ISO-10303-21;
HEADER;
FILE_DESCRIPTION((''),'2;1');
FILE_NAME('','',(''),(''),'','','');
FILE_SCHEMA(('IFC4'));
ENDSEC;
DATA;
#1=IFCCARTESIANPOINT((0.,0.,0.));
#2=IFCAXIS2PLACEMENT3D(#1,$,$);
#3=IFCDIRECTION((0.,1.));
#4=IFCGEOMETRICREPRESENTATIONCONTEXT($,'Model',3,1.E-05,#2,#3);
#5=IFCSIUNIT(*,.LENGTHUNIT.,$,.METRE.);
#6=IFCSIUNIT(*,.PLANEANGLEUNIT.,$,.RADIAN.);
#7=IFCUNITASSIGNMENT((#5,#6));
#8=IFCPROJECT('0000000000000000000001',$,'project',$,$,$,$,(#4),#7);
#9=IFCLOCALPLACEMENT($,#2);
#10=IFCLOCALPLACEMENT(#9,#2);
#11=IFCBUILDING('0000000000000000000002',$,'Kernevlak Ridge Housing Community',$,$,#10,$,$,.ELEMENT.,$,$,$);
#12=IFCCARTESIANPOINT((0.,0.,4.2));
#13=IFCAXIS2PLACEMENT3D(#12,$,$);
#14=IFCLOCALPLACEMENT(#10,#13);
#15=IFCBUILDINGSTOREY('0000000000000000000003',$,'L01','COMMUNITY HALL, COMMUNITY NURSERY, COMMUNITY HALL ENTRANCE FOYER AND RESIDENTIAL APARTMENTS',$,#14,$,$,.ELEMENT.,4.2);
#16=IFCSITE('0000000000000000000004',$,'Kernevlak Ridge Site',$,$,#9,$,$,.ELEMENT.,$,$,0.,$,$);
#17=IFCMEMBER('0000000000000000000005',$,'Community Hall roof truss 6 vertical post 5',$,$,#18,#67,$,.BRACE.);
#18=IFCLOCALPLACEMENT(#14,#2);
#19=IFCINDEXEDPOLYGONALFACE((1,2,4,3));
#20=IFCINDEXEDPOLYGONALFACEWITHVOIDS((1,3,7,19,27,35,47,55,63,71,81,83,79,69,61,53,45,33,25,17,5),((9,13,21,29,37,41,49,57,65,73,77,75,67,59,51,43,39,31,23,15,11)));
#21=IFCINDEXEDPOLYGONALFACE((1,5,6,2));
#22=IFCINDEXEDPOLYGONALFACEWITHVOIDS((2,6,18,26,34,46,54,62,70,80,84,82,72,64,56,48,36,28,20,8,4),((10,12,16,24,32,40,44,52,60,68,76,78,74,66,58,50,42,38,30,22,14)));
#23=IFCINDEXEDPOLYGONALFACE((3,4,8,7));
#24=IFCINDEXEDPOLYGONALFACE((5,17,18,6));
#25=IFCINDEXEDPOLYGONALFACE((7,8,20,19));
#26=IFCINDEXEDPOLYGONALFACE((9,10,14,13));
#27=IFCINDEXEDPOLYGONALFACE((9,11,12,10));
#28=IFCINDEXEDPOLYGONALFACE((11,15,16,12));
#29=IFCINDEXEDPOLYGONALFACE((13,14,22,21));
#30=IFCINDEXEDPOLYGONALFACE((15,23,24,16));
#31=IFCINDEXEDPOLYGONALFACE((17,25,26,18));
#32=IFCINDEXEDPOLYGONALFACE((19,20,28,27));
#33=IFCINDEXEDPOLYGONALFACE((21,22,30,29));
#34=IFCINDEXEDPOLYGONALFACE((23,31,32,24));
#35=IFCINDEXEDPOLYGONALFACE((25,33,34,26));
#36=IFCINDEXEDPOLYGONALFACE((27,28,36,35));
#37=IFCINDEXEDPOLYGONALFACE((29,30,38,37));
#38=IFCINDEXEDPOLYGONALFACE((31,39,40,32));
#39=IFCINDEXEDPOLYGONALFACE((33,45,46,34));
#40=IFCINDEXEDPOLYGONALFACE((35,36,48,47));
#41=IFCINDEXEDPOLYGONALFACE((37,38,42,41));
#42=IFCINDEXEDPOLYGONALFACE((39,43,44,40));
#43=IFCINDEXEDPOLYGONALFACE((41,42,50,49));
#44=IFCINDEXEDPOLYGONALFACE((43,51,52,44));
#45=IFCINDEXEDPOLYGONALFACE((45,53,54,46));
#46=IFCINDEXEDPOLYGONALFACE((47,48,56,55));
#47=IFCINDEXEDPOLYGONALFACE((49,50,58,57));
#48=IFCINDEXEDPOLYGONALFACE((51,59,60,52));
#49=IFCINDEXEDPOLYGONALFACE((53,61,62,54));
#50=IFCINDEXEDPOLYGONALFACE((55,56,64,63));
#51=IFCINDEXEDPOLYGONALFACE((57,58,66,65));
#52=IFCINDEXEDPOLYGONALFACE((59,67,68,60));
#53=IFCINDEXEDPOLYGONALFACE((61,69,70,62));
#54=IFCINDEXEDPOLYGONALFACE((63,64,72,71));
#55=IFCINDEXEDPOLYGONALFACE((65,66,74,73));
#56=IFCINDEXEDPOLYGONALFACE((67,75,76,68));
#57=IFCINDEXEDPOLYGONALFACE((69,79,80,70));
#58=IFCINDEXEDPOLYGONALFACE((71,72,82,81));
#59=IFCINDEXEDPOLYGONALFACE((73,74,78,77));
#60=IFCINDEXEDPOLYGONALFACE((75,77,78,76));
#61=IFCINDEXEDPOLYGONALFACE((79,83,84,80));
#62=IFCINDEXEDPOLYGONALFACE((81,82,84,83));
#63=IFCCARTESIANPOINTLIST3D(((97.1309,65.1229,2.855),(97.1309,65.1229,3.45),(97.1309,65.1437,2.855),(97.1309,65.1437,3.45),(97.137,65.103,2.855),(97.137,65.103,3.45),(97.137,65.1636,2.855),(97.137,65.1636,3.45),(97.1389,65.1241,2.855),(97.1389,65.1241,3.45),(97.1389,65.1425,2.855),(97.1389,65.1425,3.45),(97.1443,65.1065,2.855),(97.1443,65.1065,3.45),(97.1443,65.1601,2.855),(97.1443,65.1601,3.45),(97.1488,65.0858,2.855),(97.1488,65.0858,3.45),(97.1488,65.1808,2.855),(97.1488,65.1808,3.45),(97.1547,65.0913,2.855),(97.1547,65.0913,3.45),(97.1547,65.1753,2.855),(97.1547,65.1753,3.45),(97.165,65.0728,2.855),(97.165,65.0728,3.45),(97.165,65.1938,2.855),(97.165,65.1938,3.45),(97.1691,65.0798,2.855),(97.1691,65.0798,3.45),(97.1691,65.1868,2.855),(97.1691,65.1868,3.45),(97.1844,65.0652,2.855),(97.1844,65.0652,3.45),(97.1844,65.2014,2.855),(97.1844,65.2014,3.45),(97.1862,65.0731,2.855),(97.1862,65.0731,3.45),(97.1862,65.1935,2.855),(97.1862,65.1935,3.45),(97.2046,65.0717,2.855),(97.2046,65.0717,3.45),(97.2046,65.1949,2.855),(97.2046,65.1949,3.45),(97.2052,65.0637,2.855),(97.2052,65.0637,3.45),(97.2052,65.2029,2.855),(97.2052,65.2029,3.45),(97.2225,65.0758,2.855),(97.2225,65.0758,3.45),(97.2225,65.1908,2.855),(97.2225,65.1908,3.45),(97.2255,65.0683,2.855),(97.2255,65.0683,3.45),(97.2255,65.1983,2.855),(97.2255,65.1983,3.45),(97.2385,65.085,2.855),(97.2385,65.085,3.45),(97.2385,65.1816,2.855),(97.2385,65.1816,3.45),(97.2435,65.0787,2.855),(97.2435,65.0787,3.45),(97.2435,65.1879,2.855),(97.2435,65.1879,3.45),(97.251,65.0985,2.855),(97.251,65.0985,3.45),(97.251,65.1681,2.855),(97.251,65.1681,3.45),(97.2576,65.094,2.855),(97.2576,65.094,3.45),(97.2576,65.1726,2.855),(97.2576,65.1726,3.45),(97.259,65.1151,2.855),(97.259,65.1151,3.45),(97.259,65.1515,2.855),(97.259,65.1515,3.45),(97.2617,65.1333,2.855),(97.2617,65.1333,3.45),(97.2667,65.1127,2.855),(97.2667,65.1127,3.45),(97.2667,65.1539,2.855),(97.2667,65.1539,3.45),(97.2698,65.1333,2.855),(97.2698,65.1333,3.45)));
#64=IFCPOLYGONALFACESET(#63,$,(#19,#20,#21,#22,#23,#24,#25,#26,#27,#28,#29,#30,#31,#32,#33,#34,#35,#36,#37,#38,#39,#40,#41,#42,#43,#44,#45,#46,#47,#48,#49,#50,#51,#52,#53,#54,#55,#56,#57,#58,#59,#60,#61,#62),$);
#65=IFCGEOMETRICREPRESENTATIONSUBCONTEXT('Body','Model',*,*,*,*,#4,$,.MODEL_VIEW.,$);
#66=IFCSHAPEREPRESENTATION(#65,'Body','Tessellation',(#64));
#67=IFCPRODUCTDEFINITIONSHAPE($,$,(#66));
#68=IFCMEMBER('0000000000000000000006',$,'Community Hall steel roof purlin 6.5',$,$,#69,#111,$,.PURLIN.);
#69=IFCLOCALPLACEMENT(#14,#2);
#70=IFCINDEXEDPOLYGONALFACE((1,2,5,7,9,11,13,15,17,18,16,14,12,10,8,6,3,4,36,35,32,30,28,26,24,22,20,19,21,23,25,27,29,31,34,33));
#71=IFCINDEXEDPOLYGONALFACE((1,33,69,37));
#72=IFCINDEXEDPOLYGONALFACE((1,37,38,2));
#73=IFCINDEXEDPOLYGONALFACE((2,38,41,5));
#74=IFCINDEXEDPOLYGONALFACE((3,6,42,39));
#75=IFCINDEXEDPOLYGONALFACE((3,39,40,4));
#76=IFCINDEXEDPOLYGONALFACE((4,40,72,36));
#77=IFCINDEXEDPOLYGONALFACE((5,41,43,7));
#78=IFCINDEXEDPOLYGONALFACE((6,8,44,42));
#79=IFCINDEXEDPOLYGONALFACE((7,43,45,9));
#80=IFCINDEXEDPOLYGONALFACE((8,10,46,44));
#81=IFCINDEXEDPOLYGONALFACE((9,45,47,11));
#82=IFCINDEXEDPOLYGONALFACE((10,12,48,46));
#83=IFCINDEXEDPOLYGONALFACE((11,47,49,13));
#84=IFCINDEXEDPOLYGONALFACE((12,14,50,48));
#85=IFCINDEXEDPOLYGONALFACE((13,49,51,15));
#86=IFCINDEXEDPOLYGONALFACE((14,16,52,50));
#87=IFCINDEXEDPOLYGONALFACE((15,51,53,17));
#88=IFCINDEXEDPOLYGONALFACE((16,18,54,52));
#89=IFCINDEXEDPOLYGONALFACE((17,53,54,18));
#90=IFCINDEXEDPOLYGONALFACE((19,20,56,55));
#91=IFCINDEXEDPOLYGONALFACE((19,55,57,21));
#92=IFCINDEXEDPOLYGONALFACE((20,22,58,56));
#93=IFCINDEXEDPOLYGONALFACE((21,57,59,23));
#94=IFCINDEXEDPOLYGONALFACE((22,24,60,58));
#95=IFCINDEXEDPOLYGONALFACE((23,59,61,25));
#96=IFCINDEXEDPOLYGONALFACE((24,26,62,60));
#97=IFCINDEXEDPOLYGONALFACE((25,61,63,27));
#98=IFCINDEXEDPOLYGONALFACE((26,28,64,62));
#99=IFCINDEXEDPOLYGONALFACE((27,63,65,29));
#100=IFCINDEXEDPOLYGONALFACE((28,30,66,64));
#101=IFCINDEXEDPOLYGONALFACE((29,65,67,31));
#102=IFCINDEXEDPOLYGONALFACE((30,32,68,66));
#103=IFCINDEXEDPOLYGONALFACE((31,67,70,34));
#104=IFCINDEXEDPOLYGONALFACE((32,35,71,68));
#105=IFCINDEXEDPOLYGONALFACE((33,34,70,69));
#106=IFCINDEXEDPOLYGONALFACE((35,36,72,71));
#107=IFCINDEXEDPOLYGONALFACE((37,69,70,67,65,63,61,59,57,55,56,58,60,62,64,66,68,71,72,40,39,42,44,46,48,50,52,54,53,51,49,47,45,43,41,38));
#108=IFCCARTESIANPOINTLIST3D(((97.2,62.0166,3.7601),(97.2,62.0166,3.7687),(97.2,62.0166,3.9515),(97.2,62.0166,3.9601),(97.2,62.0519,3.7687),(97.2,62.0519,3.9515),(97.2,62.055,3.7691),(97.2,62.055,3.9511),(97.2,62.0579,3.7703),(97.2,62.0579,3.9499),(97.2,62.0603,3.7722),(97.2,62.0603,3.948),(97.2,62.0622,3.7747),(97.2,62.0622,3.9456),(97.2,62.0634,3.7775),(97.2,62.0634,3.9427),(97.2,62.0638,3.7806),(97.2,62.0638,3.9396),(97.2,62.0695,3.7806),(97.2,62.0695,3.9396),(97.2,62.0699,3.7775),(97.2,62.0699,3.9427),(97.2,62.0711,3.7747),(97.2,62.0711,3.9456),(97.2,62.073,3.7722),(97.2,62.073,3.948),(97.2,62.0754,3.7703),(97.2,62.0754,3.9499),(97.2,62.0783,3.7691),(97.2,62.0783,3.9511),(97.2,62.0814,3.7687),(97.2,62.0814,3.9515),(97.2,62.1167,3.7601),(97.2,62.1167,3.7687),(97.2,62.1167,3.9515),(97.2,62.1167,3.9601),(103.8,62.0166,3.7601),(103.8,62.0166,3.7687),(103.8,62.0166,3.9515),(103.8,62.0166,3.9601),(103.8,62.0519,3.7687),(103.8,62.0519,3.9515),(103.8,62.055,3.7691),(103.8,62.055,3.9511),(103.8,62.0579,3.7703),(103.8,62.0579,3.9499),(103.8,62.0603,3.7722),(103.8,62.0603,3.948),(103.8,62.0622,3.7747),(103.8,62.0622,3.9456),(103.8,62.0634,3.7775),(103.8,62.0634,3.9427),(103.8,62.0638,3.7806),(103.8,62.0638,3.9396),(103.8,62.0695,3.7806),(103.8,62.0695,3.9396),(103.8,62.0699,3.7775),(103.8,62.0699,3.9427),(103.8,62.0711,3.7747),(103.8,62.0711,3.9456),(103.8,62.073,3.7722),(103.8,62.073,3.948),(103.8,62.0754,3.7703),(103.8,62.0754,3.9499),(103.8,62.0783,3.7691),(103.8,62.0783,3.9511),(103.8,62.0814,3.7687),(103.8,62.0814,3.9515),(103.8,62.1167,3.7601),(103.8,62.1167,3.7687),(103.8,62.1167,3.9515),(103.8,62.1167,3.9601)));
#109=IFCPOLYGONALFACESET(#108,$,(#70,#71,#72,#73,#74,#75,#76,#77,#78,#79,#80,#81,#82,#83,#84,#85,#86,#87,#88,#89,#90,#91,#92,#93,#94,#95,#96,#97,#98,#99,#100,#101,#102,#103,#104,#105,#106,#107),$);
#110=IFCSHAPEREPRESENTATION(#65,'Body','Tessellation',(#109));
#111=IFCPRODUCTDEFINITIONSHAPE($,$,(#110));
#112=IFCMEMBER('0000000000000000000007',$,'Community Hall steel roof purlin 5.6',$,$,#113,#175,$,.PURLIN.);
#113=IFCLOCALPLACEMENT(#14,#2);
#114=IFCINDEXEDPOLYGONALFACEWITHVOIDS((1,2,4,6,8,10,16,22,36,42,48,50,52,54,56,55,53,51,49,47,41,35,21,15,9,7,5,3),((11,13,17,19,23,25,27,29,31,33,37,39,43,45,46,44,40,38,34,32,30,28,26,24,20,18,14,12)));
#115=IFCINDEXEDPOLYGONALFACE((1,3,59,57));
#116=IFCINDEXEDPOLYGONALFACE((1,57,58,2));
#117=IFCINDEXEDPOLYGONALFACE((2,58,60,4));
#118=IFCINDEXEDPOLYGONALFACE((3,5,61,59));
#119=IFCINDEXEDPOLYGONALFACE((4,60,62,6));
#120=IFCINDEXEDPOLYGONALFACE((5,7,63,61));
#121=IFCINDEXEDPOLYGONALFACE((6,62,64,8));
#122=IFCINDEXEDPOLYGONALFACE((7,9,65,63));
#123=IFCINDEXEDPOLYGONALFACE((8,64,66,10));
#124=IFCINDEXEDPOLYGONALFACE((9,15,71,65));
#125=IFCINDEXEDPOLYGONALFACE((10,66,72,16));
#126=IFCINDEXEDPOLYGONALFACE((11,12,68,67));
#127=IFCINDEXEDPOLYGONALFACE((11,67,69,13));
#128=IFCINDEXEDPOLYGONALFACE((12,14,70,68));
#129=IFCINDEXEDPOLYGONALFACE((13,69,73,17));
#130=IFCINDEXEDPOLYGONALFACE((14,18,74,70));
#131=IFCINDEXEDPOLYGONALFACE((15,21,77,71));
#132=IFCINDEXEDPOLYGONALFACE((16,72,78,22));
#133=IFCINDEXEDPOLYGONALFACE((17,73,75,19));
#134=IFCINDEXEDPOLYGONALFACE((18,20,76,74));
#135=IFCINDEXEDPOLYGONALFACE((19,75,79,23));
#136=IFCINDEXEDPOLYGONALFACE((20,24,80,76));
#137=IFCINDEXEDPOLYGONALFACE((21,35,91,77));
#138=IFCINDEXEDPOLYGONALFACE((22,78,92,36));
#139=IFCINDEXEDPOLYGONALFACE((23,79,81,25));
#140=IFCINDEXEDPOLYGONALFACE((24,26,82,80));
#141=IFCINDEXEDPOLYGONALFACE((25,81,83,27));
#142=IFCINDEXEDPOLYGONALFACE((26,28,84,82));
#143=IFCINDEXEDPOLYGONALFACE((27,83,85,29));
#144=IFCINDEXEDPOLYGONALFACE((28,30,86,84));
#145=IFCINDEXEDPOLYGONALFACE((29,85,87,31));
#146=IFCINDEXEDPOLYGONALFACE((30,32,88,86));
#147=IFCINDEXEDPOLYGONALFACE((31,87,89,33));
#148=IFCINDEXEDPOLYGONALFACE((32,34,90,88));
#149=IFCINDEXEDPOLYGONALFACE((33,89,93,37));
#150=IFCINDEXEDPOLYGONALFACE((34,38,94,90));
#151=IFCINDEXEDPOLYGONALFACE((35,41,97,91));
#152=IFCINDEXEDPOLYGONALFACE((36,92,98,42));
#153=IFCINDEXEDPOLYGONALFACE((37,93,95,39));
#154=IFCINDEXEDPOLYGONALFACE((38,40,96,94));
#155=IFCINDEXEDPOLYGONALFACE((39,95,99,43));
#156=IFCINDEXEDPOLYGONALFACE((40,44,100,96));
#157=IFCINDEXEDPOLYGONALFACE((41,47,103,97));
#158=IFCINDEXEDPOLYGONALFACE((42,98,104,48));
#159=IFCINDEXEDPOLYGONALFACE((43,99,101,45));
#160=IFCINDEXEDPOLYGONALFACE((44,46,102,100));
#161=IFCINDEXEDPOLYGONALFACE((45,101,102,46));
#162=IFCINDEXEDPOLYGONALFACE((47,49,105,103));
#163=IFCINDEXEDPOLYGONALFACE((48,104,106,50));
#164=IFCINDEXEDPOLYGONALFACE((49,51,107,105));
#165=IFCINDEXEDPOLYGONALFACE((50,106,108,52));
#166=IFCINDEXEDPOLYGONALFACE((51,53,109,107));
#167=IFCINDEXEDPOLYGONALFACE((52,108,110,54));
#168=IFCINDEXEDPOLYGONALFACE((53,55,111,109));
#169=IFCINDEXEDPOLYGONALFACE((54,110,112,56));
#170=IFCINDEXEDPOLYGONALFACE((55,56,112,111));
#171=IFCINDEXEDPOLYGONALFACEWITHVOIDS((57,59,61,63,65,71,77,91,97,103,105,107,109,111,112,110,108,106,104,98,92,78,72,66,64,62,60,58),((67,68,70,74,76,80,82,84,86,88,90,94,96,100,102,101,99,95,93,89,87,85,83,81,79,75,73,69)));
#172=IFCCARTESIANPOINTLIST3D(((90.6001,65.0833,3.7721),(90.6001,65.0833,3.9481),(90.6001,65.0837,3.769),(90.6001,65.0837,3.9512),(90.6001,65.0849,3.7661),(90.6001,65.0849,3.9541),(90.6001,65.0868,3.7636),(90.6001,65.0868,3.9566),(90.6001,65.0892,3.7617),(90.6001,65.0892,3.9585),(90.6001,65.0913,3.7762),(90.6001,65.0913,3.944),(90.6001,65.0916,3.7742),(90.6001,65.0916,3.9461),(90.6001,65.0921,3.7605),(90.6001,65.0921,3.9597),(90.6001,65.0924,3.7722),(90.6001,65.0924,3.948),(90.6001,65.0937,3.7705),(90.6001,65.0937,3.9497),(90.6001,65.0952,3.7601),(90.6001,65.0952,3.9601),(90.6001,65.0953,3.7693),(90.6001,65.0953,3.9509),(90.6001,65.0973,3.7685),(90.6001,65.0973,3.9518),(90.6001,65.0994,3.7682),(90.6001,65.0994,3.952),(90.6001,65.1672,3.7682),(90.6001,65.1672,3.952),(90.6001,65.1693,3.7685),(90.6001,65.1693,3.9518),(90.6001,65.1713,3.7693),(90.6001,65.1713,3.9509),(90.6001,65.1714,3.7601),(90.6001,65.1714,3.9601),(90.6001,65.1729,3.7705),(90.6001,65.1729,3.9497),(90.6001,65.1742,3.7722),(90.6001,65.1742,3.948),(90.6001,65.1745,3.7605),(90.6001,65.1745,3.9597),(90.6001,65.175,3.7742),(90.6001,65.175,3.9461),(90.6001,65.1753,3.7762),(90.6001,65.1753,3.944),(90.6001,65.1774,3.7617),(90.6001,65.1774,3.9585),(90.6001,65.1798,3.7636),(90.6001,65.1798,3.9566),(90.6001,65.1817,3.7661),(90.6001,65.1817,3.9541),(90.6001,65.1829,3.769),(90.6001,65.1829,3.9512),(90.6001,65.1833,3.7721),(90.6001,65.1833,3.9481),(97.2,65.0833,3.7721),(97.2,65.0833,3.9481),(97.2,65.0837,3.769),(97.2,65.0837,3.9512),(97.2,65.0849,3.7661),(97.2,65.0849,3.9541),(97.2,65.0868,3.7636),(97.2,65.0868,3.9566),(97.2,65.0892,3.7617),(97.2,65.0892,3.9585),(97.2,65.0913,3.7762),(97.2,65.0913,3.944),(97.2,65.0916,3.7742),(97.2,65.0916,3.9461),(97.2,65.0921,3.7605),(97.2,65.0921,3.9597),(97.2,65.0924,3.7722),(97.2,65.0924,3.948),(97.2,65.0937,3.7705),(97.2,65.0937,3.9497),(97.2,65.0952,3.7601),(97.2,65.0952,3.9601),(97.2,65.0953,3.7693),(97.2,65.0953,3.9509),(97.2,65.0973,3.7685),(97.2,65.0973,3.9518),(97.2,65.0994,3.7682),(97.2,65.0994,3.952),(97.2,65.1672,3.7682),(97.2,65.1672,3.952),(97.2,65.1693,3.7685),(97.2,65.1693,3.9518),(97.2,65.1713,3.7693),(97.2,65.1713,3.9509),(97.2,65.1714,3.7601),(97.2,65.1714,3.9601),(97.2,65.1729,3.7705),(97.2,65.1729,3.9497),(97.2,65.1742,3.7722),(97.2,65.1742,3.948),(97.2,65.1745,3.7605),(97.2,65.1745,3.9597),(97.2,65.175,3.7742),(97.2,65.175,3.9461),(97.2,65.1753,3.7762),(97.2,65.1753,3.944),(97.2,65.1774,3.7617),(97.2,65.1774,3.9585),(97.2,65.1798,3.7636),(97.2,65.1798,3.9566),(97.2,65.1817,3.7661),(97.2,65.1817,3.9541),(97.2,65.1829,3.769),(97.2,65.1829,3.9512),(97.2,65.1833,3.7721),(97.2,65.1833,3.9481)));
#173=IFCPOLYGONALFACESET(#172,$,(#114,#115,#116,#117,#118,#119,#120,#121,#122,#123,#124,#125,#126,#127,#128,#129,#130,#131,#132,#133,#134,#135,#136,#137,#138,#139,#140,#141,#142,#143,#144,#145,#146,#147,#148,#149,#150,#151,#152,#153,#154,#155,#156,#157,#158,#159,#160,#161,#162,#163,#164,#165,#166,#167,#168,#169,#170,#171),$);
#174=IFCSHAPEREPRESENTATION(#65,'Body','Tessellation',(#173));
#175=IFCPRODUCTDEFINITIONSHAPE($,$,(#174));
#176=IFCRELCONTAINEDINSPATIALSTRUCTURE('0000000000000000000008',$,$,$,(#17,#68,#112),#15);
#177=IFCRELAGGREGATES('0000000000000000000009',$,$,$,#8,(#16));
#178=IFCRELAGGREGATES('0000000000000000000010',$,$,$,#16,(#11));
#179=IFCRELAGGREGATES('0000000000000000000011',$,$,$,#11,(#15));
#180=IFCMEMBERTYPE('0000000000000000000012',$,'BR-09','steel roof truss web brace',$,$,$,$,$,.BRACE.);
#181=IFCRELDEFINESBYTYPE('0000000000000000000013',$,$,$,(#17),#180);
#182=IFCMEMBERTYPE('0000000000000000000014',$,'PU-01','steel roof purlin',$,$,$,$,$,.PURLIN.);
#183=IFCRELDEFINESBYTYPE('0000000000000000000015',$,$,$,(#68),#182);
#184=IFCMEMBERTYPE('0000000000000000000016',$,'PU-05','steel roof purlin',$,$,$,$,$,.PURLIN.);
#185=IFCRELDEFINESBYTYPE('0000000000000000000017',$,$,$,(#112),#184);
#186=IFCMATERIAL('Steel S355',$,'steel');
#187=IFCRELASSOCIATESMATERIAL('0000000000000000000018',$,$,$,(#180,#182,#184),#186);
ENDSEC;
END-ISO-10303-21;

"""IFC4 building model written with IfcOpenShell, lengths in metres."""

from ifc_helpers import new_model, si_unit, direction, frame, origin, origin_2d, place, context, subcontext, project, spatial, hollow_rectangle, hollow_circle, i_section, extrude, material, material_profile, profile_set, type_object, element, save


model = new_model("IFC4")

# Units and contexts
model_context = context("Model", 3, precision=1e-05, world=origin(), true_north=direction((0.0, 1.0)))
body_context = subcontext(model_context, "Body", "Model", "MODEL_VIEW")
ifc_project = project(units=[si_unit("LENGTHUNIT", "METRE"), si_unit("PLANEANGLEUNIT", "RADIAN")], contexts=[model_context])

# Site, building, storey
site_placement = place(None, origin())
site = spatial("IfcSite", under=ifc_project, at=site_placement, Name="Kernevlak Ridge Site", CompositionType="ELEMENT", RefElevation=0.0)
building_placement = place(site_placement, origin())
building = spatial("IfcBuilding", under=site, at=building_placement, Name="Kernevlak Ridge Housing Community", CompositionType="ELEMENT")
storey_placement = place(building_placement, frame((0.0, 0.0, 4.2)))
storey = spatial("IfcBuildingStorey", under=building, at=storey_placement, Name="L01", Description="COMMUNITY HALL, COMMUNITY NURSERY, COMMUNITY HALL ENTRANCE FOYER AND RESIDENTIAL APARTMENTS", CompositionType="ELEMENT", Elevation=4.2)

# Shared definitions
ifc_material_1 = material(Name="Steel S355", Category="steel")

# Members
ifc_material_profile_1 = material_profile(ifc_material_1, hollow_circle(Radius=0.0698, WallThickness=0.0081, at=origin_2d()), Name="CHS 139.7x8")
ifc_profile_set_1 = profile_set([ifc_material_profile_1], Name="Steel S355")
member_type_1 = type_object("IfcMemberType", Name="BR-09", Description="steel roof truss web brace", PredefinedType="BRACE", material=ifc_profile_set_1)
member_1_placement = place(storey_placement, frame((97.2, 65.1333, 2.855), z_axis=(0.0, 0.0, 1.0), x_axis=(1.0, 0.0, 0.0)))
element("IfcMember", 1, at=member_1_placement, inside=storey, type_object=member_type_1, Name="Community Hall roof truss 6 vertical post 5", PredefinedType="BRACE", context=body_context, shape_type="SweptSolid", body=[
    extrude(hollow_circle(Radius=0.0698, WallThickness=0.0081, at=origin_2d()), origin(), (0.0, 0.0, 1.0), 0.595),
])
ifc_material_profile_2 = material_profile(ifc_material_1, i_section(OverallWidth=0.1001, OverallDepth=0.2, WebThickness=0.0056, FlangeThickness=0.0085, FilletRadius=0.012, at=origin_2d()), Name="IPE 200")
ifc_profile_set_2 = profile_set([ifc_material_profile_2], Name="Steel S355")
member_type_2 = type_object("IfcMemberType", Name="PU-01", Description="steel roof purlin", PredefinedType="PURLIN", material=ifc_profile_set_2)
member_2_placement = place(storey_placement, frame((97.2, 62.0667, 3.8601), z_axis=(1.0, 0.0, 0.0), x_axis=(0.0, 1.0, 0.0)))
element("IfcMember", 2, at=member_2_placement, inside=storey, type_object=member_type_2, Name="Community Hall steel roof purlin 6.5", PredefinedType="PURLIN", context=body_context, shape_type="SweptSolid", body=[
    extrude(i_section(OverallWidth=0.1001, OverallDepth=0.2, WebThickness=0.0056, FlangeThickness=0.0085, FilletRadius=0.012, at=origin_2d()), origin(), (0.0, 0.0, 1.0), 6.6001),
])
ifc_material_profile_3 = material_profile(ifc_material_1, hollow_rectangle(XDim=0.1001, YDim=0.2, WallThickness=0.0081, InnerFilletRadius=0.0081, OuterFilletRadius=0.012, at=origin_2d()), Name="RHS 200x100x8")
ifc_profile_set_3 = profile_set([ifc_material_profile_3], Name="Steel S355")
member_type_3 = type_object("IfcMemberType", Name="PU-05", Description="steel roof purlin", PredefinedType="PURLIN", material=ifc_profile_set_3)
member_3_placement = place(storey_placement, frame((90.6001, 65.1333, 3.8601), z_axis=(1.0, 0.0, 0.0), x_axis=(0.0, 1.0, 0.0)))
element("IfcMember", 3, at=member_3_placement, inside=storey, type_object=member_type_3, Name="Community Hall steel roof purlin 5.6", PredefinedType="PURLIN", context=body_context, shape_type="SweptSolid", body=[
    extrude(hollow_rectangle(XDim=0.1001, YDim=0.2, WallThickness=0.0081, InnerFilletRadius=0.0081, OuterFilletRadius=0.012, at=origin_2d()), origin(), (0.0, 0.0, 1.0), 6.5999),
])

save(model, "model.ifc")
